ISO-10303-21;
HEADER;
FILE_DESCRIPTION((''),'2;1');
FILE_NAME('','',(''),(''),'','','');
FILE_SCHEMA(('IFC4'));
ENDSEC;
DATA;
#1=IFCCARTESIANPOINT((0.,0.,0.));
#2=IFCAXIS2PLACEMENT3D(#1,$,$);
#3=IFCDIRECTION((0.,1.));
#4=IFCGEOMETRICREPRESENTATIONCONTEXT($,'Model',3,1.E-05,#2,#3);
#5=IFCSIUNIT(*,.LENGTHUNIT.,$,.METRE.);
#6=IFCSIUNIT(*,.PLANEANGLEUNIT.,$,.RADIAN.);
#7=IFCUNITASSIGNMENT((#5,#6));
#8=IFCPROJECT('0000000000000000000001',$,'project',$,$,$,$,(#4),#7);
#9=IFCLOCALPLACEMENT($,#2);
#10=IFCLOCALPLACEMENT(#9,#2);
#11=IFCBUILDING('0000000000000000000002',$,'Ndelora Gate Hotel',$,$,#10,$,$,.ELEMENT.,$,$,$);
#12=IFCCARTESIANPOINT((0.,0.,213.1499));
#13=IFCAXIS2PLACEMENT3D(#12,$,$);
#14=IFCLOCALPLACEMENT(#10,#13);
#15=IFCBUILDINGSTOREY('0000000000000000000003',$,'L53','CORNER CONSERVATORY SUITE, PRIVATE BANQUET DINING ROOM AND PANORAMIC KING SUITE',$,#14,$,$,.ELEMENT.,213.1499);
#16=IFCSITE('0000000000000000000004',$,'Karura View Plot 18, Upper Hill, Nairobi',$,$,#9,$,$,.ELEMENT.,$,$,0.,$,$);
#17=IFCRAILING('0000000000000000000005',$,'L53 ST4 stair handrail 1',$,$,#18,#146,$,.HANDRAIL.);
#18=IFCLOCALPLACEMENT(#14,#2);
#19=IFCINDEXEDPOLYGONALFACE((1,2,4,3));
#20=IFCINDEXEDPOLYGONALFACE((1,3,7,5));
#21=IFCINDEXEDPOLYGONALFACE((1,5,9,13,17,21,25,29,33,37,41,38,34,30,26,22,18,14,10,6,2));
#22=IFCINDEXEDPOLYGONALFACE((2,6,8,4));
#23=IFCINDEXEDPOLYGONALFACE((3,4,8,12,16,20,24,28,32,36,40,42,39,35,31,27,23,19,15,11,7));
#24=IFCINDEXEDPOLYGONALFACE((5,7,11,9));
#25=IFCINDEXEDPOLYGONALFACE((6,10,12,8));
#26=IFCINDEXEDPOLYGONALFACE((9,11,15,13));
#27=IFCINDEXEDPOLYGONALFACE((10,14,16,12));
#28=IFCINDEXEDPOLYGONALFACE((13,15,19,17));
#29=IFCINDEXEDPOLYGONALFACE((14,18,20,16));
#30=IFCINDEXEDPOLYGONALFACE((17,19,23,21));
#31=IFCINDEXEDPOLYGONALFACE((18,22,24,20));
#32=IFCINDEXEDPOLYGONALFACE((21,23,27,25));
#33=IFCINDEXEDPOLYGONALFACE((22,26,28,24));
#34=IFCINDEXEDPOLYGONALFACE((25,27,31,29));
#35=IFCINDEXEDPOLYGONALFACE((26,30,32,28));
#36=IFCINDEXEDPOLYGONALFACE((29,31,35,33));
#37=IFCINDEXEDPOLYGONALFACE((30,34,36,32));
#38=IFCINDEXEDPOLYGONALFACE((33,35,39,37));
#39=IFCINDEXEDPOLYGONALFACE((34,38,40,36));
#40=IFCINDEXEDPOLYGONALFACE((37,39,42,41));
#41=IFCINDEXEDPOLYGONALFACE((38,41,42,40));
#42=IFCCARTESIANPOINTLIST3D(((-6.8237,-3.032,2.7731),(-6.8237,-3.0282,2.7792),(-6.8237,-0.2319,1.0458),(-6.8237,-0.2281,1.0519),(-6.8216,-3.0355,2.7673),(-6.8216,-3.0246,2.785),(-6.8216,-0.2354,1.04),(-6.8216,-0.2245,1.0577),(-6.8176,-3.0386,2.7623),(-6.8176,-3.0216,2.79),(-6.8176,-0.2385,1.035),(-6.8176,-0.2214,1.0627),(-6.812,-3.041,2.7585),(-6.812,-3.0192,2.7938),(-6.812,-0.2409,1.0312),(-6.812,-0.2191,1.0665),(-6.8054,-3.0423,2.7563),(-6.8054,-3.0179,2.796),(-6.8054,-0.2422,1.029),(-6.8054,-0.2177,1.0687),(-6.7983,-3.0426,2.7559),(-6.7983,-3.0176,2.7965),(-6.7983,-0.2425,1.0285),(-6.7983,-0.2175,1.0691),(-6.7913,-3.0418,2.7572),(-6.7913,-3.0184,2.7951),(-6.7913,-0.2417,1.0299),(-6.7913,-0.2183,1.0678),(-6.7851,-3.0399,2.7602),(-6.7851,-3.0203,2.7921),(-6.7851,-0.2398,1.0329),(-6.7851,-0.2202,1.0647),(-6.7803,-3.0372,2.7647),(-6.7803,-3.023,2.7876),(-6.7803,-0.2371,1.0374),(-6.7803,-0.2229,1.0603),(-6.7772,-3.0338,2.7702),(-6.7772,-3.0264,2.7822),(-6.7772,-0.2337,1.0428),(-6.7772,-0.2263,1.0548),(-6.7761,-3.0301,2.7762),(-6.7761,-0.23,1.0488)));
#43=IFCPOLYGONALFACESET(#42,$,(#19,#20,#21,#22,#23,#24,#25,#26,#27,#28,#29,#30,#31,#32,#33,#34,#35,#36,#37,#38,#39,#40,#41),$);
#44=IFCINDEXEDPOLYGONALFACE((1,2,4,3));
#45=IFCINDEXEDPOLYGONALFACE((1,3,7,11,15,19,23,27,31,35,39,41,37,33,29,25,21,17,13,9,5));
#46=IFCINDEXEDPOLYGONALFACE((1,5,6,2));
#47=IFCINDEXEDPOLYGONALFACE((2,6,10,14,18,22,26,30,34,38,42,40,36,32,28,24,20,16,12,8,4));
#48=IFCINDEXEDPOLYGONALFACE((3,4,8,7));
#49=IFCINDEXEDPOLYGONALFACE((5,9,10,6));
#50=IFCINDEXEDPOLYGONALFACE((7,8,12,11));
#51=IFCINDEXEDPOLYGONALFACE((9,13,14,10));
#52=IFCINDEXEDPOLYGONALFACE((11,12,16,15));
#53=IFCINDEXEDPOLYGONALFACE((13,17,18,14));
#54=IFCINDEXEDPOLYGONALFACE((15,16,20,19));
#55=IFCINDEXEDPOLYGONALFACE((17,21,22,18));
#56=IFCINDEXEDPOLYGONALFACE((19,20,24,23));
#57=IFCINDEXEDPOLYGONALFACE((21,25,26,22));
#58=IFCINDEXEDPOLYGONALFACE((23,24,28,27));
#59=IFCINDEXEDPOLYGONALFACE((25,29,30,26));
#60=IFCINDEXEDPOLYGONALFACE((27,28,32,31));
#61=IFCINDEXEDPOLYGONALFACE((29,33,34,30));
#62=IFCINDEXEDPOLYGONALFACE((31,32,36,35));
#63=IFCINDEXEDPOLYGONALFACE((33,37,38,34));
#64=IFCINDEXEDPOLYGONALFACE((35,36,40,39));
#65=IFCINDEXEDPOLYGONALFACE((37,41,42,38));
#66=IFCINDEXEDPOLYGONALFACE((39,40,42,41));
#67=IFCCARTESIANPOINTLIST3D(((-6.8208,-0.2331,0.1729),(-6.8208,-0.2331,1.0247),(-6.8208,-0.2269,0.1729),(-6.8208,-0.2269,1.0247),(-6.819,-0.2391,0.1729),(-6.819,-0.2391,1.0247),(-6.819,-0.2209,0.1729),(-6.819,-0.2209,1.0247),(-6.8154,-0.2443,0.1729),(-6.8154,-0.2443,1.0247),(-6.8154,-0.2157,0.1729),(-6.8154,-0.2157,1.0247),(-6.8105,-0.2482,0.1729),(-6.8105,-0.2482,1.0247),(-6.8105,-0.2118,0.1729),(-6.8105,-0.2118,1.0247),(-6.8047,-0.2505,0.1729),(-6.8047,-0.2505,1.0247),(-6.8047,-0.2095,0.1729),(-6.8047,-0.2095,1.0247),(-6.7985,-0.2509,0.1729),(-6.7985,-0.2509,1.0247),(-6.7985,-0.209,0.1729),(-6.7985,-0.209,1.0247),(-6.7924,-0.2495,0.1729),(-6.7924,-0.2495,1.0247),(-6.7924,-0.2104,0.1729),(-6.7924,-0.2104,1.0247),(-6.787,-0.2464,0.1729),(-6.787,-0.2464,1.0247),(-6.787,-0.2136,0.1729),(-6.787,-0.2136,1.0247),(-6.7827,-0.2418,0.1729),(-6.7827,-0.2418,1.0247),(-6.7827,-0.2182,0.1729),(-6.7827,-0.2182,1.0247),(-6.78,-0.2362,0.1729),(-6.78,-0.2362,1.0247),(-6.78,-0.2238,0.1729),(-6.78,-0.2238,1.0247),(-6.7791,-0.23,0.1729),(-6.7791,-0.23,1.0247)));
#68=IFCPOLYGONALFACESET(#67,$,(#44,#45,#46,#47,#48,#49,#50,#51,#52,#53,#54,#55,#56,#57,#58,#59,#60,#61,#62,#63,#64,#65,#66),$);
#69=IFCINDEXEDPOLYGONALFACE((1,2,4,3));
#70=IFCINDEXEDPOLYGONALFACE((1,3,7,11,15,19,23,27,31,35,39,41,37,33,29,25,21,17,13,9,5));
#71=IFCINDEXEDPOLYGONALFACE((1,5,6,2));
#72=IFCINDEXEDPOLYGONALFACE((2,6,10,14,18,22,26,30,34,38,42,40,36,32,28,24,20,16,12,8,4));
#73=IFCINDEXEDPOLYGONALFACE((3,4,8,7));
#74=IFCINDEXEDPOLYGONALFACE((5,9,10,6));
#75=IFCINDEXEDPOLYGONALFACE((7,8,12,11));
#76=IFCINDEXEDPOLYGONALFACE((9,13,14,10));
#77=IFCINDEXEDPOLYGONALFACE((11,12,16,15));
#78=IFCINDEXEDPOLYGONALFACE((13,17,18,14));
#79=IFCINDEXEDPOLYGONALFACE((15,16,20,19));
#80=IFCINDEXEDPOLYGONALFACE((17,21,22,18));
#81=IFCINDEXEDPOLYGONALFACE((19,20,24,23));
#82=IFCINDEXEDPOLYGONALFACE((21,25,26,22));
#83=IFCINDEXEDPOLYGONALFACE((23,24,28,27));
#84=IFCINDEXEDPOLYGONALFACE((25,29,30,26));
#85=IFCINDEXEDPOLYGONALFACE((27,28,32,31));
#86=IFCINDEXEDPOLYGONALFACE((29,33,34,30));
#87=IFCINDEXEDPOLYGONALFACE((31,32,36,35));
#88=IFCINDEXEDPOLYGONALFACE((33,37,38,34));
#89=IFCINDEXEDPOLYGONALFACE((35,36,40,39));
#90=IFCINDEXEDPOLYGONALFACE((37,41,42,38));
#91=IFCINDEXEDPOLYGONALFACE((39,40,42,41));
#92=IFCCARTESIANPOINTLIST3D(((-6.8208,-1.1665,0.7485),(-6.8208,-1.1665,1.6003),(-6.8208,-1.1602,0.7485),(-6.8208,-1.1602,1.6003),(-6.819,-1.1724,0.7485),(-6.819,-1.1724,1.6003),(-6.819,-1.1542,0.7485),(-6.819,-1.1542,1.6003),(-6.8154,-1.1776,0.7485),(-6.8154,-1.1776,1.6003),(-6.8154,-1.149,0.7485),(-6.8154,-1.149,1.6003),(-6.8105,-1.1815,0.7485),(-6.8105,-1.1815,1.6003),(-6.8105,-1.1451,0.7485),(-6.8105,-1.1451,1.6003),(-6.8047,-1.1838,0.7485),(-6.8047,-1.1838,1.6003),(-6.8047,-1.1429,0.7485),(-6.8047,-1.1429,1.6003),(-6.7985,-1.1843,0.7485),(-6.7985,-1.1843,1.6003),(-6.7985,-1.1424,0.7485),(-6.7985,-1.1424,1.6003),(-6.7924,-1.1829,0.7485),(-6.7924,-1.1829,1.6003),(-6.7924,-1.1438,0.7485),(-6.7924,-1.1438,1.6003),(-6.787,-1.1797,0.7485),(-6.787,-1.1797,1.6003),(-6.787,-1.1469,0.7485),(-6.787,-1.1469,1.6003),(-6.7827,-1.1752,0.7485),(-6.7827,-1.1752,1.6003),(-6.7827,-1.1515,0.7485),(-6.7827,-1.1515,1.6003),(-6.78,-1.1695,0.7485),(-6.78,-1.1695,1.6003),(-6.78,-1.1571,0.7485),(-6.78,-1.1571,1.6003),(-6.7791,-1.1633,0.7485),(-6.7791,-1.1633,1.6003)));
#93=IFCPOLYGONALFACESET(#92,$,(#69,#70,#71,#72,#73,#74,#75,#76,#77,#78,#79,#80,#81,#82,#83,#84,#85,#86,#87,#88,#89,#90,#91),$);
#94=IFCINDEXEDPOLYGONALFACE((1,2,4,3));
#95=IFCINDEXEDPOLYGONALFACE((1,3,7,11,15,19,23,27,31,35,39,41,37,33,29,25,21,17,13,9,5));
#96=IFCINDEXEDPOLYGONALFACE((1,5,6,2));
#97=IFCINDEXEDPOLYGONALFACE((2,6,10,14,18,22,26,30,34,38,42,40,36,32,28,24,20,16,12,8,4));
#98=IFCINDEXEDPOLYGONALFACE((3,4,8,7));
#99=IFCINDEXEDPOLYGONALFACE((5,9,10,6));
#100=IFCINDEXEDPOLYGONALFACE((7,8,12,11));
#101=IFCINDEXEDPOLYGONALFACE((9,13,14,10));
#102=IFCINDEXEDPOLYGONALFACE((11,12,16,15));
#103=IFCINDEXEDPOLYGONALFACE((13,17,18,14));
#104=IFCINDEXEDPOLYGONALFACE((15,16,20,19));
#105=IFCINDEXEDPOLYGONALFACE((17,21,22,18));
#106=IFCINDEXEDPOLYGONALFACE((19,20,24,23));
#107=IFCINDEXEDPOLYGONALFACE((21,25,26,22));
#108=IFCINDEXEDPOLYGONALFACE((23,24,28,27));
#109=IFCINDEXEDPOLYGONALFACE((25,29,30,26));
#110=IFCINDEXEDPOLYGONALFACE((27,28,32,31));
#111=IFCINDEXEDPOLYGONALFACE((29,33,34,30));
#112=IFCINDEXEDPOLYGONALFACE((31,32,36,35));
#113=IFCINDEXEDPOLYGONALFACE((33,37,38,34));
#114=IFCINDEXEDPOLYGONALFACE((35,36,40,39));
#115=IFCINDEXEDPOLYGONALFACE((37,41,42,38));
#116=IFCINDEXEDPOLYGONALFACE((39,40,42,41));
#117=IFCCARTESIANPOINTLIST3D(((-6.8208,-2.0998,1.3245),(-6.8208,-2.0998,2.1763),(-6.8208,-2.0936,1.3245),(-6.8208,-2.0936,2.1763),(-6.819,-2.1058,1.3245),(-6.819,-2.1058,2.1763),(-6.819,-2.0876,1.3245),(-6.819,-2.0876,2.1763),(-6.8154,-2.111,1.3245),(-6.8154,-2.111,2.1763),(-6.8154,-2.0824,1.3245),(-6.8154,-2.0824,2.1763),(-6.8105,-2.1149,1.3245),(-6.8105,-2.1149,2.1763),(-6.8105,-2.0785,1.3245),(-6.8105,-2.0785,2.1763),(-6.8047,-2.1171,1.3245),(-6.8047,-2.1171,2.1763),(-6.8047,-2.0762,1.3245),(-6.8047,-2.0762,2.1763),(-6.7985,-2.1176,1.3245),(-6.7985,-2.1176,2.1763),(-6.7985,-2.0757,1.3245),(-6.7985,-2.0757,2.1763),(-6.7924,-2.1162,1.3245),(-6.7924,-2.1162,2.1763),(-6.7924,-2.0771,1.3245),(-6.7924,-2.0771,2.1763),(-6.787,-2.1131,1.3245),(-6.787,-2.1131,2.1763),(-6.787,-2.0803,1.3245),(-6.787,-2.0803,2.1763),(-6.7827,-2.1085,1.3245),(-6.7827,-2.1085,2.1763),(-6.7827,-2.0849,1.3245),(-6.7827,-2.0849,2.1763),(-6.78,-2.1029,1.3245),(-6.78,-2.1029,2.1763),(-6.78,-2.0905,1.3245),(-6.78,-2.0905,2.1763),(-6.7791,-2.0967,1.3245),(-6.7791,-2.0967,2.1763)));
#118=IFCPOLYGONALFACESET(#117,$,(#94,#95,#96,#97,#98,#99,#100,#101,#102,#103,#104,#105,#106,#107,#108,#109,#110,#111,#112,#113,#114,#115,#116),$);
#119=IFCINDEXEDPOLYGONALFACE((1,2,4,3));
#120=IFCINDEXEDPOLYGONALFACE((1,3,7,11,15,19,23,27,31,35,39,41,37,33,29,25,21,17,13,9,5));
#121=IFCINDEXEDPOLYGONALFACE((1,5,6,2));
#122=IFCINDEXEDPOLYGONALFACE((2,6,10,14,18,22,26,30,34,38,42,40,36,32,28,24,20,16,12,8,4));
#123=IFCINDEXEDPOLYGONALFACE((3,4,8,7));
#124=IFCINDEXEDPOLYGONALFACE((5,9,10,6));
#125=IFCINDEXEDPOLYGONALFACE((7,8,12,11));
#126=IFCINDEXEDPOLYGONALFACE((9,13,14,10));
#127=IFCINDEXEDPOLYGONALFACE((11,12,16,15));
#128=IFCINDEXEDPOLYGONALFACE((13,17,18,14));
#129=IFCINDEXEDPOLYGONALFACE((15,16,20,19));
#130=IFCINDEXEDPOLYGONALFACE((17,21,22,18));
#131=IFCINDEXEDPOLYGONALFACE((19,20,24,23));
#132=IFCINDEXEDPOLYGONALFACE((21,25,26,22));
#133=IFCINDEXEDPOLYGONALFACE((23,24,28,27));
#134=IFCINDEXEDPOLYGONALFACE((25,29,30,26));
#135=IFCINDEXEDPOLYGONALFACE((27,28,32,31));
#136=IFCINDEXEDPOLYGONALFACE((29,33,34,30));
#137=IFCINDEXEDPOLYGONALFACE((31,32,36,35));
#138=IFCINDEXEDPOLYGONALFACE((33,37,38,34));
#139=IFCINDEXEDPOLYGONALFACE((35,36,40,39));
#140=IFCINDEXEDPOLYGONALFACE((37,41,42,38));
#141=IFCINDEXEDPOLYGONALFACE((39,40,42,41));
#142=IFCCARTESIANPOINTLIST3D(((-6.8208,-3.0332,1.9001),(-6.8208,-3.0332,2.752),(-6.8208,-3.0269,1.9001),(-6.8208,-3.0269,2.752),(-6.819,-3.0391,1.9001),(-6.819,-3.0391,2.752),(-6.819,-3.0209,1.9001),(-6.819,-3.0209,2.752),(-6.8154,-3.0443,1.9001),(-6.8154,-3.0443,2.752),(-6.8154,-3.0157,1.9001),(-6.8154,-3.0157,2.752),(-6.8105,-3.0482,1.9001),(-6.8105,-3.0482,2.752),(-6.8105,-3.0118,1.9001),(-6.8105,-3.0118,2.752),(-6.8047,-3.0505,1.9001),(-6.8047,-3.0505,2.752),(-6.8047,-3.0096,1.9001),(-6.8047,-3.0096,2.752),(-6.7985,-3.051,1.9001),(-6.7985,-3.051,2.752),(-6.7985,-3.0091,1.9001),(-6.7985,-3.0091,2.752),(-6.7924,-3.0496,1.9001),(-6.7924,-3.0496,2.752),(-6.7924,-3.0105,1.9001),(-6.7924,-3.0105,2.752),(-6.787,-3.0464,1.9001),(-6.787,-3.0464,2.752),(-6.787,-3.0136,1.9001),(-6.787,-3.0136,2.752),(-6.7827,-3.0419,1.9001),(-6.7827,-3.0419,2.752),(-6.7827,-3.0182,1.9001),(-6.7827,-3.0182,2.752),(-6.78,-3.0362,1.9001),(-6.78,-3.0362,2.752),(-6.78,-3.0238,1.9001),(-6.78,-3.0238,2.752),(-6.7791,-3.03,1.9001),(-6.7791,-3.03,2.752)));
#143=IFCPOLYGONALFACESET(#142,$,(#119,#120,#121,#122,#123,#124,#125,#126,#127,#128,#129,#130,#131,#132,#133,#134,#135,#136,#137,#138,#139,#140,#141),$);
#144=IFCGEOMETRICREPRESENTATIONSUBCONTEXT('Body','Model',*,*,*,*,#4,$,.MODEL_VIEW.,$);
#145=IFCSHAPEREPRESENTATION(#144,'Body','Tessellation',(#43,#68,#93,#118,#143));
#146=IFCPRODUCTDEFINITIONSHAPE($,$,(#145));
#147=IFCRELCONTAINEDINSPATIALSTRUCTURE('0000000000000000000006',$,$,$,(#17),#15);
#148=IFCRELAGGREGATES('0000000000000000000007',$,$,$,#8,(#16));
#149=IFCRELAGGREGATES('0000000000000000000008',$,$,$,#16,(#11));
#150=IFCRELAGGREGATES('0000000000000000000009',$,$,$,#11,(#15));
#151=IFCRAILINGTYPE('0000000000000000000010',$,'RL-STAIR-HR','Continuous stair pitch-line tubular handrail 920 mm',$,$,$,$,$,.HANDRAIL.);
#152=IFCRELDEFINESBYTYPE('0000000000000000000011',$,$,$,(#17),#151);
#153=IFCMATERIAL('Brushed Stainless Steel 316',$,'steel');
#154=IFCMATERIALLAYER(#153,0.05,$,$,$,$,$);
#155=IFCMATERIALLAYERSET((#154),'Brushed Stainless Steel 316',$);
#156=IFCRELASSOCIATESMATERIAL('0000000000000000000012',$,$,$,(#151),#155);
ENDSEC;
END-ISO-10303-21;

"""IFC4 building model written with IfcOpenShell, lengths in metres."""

from ifc_helpers import new_model, si_unit, direction, frame, origin, origin_2d, place, context, subcontext, project, spatial, circle, extrude, material, layer, layer_set, type_object, element, save


model = new_model("IFC4")

# Units and contexts
model_context = context("Model", 3, precision=1e-05, world=origin(), true_north=direction((0.0, 1.0)))
body_context = subcontext(model_context, "Body", "Model", "MODEL_VIEW")
ifc_project = project(units=[si_unit("LENGTHUNIT", "METRE"), si_unit("PLANEANGLEUNIT", "RADIAN")], contexts=[model_context])

# Site, building, storey
site_placement = place(None, origin())
site = spatial("IfcSite", under=ifc_project, at=site_placement, Name="Karura View Plot 18, Upper Hill, Nairobi", CompositionType="ELEMENT", RefElevation=0.0)
building_placement = place(site_placement, origin())
building = spatial("IfcBuilding", under=site, at=building_placement, Name="Ndelora Gate Hotel", CompositionType="ELEMENT")
storey_placement = place(building_placement, frame((0.0, 0.0, 213.1499)))
storey = spatial("IfcBuildingStorey", under=building, at=storey_placement, Name="L53", Description="CORNER CONSERVATORY SUITE, PRIVATE BANQUET DINING ROOM AND PANORAMIC KING SUITE", CompositionType="ELEMENT", Elevation=213.1499)

# Railing
ifc_material_1 = material(Name="Brushed Stainless Steel 316", Category="steel")
ifc_layer_1 = layer(ifc_material_1, 0.05)
ifc_layer_set_1 = layer_set([ifc_layer_1], Name="Brushed Stainless Steel 316")
railing_type_1 = type_object("IfcRailingType", Name="RL-STAIR-HR", Description="Continuous stair pitch-line tubular handrail 920 mm", PredefinedType="HANDRAIL", material=ifc_layer_set_1)
railing_1_placement = place(storey_placement, frame((-6.8, -0.23, 0.1729)))
element("IfcRailing", 1, at=railing_1_placement, inside=storey, type_object=railing_type_1, Name="L53 ST4 stair handrail 1", PredefinedType="HANDRAIL", context=body_context, shape_type="SweptSolid", body=[
    extrude(circle(Radius=0.0239, at=origin_2d()), frame((0.0, 0.0, 0.876), z_axis=(0.0, -0.85109, 0.52502), x_axis=(1.0, 0.0, 0.0)), (0.0, 0.0, 1.0), 3.29),
    extrude(circle(Radius=0.021, at=origin_2d()), origin(), (0.0, 0.0, 1.0), 0.8518),
    extrude(circle(Radius=0.021, at=origin_2d()), frame((0.0, -0.9333, 0.5757)), (0.0, 0.0, 1.0), 0.8518),
    extrude(circle(Radius=0.021, at=origin_2d()), frame((0.0, -1.8667, 1.1516)), (0.0, 0.0, 1.0), 0.8518),
    extrude(circle(Radius=0.021, at=origin_2d()), frame((0.0, -2.8, 1.7273)), (0.0, 0.0, 1.0), 0.8518),
])

save(model, "model.ifc")
